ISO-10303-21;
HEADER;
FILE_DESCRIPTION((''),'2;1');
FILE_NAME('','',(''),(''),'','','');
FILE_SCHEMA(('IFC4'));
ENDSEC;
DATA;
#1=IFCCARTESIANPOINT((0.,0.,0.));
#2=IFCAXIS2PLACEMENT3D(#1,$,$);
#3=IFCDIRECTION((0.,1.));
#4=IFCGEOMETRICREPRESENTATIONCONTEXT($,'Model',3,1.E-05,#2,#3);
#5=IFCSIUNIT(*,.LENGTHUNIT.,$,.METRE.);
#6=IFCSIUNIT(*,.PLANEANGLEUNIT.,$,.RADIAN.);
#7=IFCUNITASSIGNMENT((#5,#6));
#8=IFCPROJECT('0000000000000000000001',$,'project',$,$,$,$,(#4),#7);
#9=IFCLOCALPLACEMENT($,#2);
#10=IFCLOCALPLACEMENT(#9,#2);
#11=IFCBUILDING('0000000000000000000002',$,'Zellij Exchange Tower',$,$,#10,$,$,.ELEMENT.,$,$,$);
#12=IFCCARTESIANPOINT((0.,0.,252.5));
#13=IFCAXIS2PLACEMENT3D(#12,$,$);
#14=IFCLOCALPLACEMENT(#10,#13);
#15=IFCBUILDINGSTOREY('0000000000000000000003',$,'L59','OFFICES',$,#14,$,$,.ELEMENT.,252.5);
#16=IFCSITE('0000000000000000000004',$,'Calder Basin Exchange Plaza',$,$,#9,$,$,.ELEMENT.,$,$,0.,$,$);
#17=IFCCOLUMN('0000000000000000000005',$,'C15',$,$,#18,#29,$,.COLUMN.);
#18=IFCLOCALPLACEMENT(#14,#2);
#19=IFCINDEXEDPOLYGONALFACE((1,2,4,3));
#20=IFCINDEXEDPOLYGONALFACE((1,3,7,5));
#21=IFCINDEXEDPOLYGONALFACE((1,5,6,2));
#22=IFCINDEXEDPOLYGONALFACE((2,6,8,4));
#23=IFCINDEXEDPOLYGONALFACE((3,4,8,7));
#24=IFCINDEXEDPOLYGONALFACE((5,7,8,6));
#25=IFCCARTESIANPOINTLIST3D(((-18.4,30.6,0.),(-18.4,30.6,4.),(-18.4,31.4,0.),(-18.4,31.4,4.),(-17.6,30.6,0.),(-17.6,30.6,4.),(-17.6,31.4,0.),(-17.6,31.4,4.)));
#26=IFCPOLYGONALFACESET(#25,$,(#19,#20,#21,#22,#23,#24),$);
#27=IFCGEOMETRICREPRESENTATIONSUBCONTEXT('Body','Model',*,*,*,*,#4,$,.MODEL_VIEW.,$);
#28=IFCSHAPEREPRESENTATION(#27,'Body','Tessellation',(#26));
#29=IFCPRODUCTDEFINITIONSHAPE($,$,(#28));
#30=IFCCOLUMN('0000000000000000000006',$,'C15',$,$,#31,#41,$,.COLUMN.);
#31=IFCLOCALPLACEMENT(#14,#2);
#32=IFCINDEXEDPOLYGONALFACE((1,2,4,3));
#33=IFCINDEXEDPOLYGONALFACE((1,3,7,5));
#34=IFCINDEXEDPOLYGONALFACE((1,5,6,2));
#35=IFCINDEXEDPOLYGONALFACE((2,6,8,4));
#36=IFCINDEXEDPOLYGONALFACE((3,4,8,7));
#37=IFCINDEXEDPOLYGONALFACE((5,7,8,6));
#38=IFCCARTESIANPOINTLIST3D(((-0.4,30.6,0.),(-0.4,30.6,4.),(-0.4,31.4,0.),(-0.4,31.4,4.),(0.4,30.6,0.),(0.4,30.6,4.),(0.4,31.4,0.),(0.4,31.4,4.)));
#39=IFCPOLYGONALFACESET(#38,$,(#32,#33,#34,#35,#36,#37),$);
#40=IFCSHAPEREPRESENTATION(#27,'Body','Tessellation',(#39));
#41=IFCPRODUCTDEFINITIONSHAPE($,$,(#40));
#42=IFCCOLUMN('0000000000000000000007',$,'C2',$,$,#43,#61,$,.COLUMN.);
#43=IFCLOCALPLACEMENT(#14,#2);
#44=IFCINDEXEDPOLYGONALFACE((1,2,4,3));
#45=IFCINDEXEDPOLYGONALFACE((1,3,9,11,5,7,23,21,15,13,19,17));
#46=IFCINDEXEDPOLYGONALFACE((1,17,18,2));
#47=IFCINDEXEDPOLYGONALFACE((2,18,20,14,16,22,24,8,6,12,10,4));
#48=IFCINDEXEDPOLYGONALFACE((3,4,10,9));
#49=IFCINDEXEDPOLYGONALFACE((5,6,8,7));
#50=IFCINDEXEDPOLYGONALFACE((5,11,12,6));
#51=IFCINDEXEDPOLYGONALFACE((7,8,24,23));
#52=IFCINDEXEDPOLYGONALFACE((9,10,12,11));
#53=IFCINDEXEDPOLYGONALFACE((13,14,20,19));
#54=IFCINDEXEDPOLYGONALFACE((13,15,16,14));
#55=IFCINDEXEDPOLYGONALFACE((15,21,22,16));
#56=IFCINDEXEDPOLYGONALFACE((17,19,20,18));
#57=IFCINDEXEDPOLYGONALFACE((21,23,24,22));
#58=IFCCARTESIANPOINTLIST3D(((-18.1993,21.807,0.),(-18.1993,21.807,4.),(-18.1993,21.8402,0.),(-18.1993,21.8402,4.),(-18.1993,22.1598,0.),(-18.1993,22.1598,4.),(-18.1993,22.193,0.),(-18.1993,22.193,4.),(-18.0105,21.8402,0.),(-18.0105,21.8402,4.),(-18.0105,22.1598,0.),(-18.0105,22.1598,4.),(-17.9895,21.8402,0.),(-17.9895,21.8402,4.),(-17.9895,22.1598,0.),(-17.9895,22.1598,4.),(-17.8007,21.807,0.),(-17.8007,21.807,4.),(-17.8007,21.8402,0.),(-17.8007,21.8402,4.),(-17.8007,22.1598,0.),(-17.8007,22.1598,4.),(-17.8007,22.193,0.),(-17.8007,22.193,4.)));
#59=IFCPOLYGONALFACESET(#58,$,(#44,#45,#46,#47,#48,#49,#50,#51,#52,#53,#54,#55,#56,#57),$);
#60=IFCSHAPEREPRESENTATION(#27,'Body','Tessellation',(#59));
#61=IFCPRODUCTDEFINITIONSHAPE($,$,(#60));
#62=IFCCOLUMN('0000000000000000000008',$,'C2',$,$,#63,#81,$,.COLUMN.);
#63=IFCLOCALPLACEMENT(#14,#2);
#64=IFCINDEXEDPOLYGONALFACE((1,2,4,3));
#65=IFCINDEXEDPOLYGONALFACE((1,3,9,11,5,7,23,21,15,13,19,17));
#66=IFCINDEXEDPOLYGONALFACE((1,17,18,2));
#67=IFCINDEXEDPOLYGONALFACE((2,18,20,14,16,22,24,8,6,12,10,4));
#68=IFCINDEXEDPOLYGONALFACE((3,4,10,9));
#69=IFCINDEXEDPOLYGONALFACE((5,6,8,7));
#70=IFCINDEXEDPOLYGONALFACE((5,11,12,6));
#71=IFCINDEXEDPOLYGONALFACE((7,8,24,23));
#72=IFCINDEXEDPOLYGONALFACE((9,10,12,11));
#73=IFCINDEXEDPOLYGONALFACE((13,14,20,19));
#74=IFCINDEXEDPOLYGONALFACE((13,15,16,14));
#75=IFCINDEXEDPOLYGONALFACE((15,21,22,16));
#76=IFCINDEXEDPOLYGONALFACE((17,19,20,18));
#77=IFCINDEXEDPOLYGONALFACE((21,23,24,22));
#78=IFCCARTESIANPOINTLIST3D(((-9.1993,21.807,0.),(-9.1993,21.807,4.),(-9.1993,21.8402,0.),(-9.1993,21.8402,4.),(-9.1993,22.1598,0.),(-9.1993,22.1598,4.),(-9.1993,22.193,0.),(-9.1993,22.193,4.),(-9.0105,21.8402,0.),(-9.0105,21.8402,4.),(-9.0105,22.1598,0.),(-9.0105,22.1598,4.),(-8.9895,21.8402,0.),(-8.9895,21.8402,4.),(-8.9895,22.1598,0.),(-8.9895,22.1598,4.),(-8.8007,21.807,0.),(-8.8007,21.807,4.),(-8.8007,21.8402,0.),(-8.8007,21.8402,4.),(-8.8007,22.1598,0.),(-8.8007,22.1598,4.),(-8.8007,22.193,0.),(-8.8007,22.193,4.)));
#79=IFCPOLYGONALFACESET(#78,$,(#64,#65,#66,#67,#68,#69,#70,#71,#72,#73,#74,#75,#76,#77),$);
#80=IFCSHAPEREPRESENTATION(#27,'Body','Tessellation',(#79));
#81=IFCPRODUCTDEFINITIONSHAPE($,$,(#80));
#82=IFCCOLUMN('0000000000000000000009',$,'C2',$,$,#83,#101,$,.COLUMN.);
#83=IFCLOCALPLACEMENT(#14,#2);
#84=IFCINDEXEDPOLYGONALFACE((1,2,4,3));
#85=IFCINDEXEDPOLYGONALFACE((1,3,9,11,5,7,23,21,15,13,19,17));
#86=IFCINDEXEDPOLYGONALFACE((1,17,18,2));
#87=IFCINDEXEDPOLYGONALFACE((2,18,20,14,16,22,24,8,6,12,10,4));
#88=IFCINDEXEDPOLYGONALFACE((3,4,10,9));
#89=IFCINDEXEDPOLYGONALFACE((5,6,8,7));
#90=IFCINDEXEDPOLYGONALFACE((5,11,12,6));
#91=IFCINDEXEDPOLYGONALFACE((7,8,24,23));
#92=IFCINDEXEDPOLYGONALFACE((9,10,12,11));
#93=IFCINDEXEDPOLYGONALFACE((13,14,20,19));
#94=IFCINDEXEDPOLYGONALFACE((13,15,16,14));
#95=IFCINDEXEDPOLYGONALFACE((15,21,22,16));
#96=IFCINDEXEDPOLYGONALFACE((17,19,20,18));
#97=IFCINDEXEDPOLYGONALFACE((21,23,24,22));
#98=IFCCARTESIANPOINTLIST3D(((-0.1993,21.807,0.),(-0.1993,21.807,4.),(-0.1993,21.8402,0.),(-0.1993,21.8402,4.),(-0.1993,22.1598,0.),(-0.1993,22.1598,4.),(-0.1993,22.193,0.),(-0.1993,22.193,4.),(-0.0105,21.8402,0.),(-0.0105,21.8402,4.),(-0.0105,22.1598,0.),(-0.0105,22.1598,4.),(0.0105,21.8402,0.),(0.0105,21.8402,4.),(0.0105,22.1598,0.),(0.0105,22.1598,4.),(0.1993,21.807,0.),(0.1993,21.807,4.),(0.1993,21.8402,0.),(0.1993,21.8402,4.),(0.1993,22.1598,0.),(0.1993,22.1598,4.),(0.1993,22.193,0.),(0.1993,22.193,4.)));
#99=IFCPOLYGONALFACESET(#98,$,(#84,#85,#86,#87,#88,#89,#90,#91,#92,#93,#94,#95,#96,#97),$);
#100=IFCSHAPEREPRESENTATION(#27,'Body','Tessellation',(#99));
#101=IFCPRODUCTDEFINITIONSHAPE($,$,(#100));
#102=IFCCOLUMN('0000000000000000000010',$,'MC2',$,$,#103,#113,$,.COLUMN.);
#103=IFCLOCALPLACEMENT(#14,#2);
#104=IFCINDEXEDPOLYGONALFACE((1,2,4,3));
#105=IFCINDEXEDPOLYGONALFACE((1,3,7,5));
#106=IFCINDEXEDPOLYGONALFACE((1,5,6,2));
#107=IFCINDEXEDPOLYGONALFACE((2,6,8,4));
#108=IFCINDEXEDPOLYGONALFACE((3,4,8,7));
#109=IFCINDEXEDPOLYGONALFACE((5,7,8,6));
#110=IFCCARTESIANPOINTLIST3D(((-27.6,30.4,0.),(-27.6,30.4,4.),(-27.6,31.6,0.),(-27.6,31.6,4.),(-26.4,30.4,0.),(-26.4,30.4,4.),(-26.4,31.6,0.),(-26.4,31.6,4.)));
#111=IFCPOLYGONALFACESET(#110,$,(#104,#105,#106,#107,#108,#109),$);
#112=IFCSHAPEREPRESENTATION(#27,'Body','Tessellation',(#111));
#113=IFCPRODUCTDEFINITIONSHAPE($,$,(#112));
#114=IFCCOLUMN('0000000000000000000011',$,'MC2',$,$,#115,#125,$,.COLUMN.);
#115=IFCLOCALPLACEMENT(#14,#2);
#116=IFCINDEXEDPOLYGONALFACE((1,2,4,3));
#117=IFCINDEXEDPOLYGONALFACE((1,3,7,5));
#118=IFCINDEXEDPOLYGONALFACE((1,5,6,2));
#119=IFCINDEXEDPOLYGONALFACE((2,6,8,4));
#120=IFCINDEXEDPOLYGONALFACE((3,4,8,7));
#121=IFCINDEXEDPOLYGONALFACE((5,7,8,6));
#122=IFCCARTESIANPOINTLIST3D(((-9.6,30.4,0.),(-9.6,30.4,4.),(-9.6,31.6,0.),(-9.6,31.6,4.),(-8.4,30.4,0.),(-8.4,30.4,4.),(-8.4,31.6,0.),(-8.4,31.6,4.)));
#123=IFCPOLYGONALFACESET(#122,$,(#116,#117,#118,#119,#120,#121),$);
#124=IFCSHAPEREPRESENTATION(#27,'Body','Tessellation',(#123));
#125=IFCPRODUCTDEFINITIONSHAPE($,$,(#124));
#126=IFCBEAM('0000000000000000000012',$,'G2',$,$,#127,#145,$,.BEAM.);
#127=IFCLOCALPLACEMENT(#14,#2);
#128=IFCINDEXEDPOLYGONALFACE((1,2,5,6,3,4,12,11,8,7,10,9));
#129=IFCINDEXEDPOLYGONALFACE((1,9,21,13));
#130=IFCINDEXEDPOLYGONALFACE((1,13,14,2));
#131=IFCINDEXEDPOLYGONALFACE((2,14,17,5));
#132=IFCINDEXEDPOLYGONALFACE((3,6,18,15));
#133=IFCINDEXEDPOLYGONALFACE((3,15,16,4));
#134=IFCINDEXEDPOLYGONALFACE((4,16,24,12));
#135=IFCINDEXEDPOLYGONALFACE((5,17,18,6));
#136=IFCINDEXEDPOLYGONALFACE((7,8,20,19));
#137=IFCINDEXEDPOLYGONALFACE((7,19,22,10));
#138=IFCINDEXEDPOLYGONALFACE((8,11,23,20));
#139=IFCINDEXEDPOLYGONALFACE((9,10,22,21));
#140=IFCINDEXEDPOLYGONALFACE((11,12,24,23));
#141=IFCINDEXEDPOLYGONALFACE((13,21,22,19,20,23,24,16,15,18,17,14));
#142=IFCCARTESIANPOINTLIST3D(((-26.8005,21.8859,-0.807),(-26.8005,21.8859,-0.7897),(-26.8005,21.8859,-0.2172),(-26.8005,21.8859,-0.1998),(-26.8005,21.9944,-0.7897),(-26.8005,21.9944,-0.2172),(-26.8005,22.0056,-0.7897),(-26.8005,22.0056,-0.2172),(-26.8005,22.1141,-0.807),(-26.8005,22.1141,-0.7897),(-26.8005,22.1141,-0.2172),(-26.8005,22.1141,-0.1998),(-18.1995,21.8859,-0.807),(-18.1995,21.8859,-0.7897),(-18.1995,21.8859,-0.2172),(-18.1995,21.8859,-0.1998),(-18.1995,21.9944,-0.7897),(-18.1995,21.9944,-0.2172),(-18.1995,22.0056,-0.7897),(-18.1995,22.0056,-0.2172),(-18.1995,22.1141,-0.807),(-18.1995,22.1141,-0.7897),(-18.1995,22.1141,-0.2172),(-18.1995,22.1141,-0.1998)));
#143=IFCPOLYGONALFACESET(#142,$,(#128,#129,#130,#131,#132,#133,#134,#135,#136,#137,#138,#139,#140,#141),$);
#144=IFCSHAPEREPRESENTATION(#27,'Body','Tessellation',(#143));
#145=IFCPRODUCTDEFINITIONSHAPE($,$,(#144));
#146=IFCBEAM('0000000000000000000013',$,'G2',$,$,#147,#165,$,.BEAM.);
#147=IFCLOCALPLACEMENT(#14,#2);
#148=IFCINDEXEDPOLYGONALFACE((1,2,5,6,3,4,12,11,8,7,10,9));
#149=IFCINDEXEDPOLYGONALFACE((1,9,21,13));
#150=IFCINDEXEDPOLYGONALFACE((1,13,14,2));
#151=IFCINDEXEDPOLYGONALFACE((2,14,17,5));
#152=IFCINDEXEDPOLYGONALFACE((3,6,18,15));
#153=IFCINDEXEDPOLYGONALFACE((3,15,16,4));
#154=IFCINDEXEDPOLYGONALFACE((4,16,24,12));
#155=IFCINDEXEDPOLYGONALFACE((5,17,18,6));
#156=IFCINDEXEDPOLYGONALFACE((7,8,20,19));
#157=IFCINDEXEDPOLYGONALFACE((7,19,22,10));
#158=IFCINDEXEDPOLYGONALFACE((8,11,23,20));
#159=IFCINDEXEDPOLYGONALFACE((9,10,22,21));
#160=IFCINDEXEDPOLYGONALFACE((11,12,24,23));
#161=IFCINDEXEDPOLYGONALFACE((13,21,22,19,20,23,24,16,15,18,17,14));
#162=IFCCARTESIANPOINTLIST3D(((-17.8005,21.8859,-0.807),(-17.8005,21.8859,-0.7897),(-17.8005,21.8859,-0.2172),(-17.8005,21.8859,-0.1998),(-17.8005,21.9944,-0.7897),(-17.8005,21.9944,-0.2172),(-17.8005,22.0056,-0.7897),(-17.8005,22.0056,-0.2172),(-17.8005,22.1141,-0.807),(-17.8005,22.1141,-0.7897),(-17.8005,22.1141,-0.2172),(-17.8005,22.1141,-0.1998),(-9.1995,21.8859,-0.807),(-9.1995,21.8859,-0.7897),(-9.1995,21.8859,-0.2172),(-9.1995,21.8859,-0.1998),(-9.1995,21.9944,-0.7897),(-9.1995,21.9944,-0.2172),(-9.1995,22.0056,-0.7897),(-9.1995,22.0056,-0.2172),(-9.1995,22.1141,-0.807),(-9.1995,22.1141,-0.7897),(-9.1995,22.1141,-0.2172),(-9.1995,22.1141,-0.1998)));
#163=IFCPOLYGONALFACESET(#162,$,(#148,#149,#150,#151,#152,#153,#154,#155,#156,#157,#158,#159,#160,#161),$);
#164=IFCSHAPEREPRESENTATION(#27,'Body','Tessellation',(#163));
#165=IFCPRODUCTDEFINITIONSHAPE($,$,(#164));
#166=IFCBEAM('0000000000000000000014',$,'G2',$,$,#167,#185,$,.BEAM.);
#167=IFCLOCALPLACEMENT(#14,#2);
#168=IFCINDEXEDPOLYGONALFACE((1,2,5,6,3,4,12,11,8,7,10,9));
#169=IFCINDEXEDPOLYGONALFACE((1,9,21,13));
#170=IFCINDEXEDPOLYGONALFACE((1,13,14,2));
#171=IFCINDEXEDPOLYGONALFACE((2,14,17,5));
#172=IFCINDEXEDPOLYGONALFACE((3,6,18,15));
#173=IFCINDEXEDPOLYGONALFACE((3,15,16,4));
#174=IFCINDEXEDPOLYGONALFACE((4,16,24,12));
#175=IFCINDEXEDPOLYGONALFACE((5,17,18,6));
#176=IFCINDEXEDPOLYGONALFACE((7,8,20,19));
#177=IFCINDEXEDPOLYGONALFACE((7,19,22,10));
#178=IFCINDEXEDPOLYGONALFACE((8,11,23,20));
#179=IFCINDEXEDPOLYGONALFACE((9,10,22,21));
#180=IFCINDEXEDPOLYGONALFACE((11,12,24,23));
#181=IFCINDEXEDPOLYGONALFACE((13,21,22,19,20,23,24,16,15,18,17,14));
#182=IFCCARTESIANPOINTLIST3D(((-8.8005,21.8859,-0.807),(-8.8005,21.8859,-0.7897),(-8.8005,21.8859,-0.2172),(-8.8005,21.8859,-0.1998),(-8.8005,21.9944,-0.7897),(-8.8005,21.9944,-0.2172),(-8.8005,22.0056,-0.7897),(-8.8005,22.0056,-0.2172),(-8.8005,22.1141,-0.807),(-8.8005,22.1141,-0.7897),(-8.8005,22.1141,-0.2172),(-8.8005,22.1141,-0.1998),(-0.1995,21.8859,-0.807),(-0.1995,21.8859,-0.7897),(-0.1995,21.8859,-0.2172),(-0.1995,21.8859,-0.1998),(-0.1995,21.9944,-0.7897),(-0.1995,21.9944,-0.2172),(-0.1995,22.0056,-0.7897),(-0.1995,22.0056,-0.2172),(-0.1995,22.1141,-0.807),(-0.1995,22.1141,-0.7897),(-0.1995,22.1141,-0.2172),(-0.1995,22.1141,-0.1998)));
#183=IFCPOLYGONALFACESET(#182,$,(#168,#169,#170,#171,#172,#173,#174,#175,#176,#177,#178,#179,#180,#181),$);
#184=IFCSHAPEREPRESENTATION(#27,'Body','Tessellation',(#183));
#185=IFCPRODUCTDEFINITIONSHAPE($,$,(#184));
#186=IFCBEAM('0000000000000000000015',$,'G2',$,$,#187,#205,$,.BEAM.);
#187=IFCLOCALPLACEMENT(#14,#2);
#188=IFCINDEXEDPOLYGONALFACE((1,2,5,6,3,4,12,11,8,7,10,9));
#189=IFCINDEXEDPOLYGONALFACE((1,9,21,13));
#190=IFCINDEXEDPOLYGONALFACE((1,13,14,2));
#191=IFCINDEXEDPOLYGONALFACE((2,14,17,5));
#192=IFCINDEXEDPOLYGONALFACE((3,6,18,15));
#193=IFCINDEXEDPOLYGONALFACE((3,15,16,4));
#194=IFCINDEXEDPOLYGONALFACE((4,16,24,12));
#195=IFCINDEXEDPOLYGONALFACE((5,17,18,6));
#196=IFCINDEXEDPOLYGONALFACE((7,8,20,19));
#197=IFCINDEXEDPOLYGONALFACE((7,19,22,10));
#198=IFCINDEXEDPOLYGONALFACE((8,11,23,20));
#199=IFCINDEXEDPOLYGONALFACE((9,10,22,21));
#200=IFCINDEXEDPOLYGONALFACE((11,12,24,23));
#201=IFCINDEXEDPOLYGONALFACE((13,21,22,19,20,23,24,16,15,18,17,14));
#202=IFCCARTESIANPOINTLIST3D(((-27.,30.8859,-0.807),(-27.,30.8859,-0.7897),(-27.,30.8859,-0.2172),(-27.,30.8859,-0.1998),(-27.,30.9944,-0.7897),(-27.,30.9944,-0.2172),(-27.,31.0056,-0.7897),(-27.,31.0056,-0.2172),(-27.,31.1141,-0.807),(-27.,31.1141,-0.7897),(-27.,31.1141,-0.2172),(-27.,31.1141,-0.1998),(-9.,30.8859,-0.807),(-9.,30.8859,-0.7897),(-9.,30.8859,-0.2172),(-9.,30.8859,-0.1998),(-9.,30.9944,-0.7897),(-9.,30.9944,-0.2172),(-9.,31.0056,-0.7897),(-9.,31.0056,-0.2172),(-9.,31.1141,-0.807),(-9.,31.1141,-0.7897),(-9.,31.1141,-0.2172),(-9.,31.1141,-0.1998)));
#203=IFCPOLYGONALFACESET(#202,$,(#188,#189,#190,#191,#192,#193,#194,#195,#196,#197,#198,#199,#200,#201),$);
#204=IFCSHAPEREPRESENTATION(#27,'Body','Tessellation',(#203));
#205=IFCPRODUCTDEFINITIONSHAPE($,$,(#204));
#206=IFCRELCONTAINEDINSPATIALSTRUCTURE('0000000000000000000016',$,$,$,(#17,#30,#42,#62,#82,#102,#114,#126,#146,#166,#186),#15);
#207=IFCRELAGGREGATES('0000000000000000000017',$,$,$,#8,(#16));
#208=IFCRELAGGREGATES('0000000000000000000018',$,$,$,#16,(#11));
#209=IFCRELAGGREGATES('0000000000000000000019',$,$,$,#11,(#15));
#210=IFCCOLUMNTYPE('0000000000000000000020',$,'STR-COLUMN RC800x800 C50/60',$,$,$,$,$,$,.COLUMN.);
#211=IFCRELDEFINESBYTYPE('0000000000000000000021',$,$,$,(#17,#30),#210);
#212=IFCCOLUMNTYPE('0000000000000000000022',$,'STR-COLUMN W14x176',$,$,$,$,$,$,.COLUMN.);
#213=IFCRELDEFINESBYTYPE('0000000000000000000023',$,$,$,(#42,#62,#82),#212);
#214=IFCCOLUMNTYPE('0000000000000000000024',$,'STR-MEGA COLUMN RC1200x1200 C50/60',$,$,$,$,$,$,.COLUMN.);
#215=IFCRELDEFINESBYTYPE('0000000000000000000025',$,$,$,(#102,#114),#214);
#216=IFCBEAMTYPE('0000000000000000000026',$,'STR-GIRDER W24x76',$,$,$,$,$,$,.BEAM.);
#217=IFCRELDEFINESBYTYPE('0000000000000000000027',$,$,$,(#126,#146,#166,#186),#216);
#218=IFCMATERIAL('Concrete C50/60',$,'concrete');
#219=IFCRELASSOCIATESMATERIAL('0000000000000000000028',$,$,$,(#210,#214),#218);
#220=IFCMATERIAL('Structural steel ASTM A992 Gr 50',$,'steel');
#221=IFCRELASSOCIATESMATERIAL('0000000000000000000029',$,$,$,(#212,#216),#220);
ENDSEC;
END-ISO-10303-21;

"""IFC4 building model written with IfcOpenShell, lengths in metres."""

from ifc_helpers import new_model, si_unit, direction, frame, origin, origin_2d, place, context, subcontext, project, spatial, rectangle, i_section, extrude, material, material_profile, profile_set, type_object, element, save


model = new_model("IFC4")

# Units and contexts
model_context = context("Model", 3, precision=1e-05, world=origin(), true_north=direction((0.0, 1.0)))
body_context = subcontext(model_context, "Body", "Model", "MODEL_VIEW")
ifc_project = project(units=[si_unit("LENGTHUNIT", "METRE"), si_unit("PLANEANGLEUNIT", "RADIAN")], contexts=[model_context])

# Site, building, storey
site_placement = place(None, origin())
site = spatial("IfcSite", under=ifc_project, at=site_placement, Name="Calder Basin Exchange Plaza", CompositionType="ELEMENT", RefElevation=0.0)
building_placement = place(site_placement, origin())
building = spatial("IfcBuilding", under=site, at=building_placement, Name="Zellij Exchange Tower", CompositionType="ELEMENT")
storey_placement = place(building_placement, frame((0.0, 0.0, 252.5)))
storey = spatial("IfcBuildingStorey", under=building, at=storey_placement, Name="L59", Description="OFFICES", CompositionType="ELEMENT", Elevation=252.5)

# Columns
ifc_material_1 = material(Name="Concrete C50/60", Category="concrete")
ifc_material_profile_1 = material_profile(ifc_material_1, rectangle(XDim=0.8, YDim=0.8, at=origin_2d()), Name="STR-COLUMN RC800x800 C50/60")
ifc_profile_set_1 = profile_set([ifc_material_profile_1], Name="Concrete C50/60")
column_type_1 = type_object("IfcColumnType", Name="STR-COLUMN RC800x800 C50/60", PredefinedType="COLUMN", material=ifc_profile_set_1)
for number, where, z_axis, x_axis, name in (
    (1, (-18.0, 31.0, 0.0), (0.0, 0.0, 1.0), (1.0, 0.0, 0.0), "C15"),
    (2, (0.0, 31.0, 0.0), (0.0, 0.0, 1.0), (1.0, 0.0, 0.0), "C15"),
):
    element("IfcColumn", number, at=place(storey_placement, frame(where, z_axis=z_axis, x_axis=x_axis)), inside=storey, type_object=column_type_1, Name=name, PredefinedType="COLUMN", context=body_context, shape_type="SweptSolid", body=[
        extrude(rectangle(XDim=0.8, YDim=0.8, at=origin_2d()), origin(), (0.0, 0.0, 1.0), 4.0),
    ])
ifc_material_2 = material(Name="Structural steel ASTM A992 Gr 50", Category="steel")
ifc_material_profile_2 = material_profile(ifc_material_2, i_section(OverallWidth=0.3987, OverallDepth=0.386, WebThickness=0.021, FlangeThickness=0.0332, at=origin_2d()), Name="W14x176")
ifc_profile_set_2 = profile_set([ifc_material_profile_2], Name="Structural steel ASTM A992 Gr 50")
column_type_2 = type_object("IfcColumnType", Name="STR-COLUMN W14x176", PredefinedType="COLUMN", material=ifc_profile_set_2)
for number, where, z_axis, x_axis, name in (
    (3, (-18.0, 22.0, 0.0), (0.0, 0.0, 1.0), (1.0, 0.0, 0.0), "C2"),
    (4, (-9.0, 22.0, 0.0), (0.0, 0.0, 1.0), (1.0, 0.0, 0.0), "C2"),
    (5, (0.0, 22.0, 0.0), (0.0, 0.0, 1.0), (1.0, 0.0, 0.0), "C2"),
):
    element("IfcColumn", number, at=place(storey_placement, frame(where, z_axis=z_axis, x_axis=x_axis)), inside=storey, type_object=column_type_2, Name=name, PredefinedType="COLUMN", context=body_context, shape_type="SweptSolid", body=[
        extrude(i_section(OverallWidth=0.3987, OverallDepth=0.386, WebThickness=0.021, FlangeThickness=0.0332, at=origin_2d()), origin(), (0.0, 0.0, 1.0), 4.0),
    ])
ifc_material_profile_3 = material_profile(ifc_material_1, rectangle(XDim=1.2, YDim=1.2, at=origin_2d()), Name="STR-MEGA COLUMN RC1200x1200 C50/60")
ifc_profile_set_3 = profile_set([ifc_material_profile_3], Name="Concrete C50/60")
column_type_3 = type_object("IfcColumnType", Name="STR-MEGA COLUMN RC1200x1200 C50/60", PredefinedType="COLUMN", material=ifc_profile_set_3)
for number, where, z_axis, x_axis, name in (
    (6, (-27.0, 31.0, 0.0), (0.0, 0.0, 1.0), (1.0, 0.0, 0.0), "MC2"),
    (7, (-9.0, 31.0, 0.0), (0.0, 0.0, 1.0), (1.0, 0.0, 0.0), "MC2"),
):
    element("IfcColumn", number, at=place(storey_placement, frame(where, z_axis=z_axis, x_axis=x_axis)), inside=storey, type_object=column_type_3, Name=name, PredefinedType="COLUMN", context=body_context, shape_type="SweptSolid", body=[
        extrude(rectangle(XDim=1.2, YDim=1.2, at=origin_2d()), origin(), (0.0, 0.0, 1.0), 4.0),
    ])

# Beams
ifc_material_profile_4 = material_profile(ifc_material_2, i_section(OverallWidth=0.2283, OverallDepth=0.6072, WebThickness=0.0112, FlangeThickness=0.0173, at=origin_2d()), Name="W24x76")
ifc_profile_set_4 = profile_set([ifc_material_profile_4], Name="Structural steel ASTM A992 Gr 50")
beam_type = type_object("IfcBeamType", Name="STR-GIRDER W24x76", PredefinedType="BEAM", material=ifc_profile_set_4)
for number, where, z_axis, x_axis, name in (
    (8, (-26.8005, 22.0, -0.5034), (1.0, 0.0, 0.0), (0.0, 1.0, 0.0), "G2"),
    (9, (-17.8005, 22.0, -0.5034), (1.0, 0.0, 0.0), (0.0, 1.0, 0.0), "G2"),
    (10, (-8.8005, 22.0, -0.5034), (1.0, 0.0, 0.0), (0.0, 1.0, 0.0), "G2"),
):
    element("IfcBeam", number, at=place(storey_placement, frame(where, z_axis=z_axis, x_axis=x_axis)), inside=storey, type_object=beam_type, Name=name, PredefinedType="BEAM", context=body_context, shape_type="SweptSolid", body=[
        extrude(i_section(OverallWidth=0.2283, OverallDepth=0.6072, WebThickness=0.0112, FlangeThickness=0.0173, at=origin_2d()), origin(), (0.0, 0.0, 1.0), 8.6011),
    ])
for number, where, z_axis, x_axis, name in (
    (11, (-27.0, 31.0, -0.5034), (1.0, 0.0, 0.0), (0.0, 1.0, 0.0), "G2"),
):
    element("IfcBeam", number, at=place(storey_placement, frame(where, z_axis=z_axis, x_axis=x_axis)), inside=storey, type_object=beam_type, Name=name, PredefinedType="BEAM", context=body_context, shape_type="SweptSolid", body=[
        extrude(i_section(OverallWidth=0.2283, OverallDepth=0.6072, WebThickness=0.0112, FlangeThickness=0.0173, at=origin_2d()), origin(), (0.0, 0.0, 1.0), 18.0),
    ])

save(model, "model.ifc")
